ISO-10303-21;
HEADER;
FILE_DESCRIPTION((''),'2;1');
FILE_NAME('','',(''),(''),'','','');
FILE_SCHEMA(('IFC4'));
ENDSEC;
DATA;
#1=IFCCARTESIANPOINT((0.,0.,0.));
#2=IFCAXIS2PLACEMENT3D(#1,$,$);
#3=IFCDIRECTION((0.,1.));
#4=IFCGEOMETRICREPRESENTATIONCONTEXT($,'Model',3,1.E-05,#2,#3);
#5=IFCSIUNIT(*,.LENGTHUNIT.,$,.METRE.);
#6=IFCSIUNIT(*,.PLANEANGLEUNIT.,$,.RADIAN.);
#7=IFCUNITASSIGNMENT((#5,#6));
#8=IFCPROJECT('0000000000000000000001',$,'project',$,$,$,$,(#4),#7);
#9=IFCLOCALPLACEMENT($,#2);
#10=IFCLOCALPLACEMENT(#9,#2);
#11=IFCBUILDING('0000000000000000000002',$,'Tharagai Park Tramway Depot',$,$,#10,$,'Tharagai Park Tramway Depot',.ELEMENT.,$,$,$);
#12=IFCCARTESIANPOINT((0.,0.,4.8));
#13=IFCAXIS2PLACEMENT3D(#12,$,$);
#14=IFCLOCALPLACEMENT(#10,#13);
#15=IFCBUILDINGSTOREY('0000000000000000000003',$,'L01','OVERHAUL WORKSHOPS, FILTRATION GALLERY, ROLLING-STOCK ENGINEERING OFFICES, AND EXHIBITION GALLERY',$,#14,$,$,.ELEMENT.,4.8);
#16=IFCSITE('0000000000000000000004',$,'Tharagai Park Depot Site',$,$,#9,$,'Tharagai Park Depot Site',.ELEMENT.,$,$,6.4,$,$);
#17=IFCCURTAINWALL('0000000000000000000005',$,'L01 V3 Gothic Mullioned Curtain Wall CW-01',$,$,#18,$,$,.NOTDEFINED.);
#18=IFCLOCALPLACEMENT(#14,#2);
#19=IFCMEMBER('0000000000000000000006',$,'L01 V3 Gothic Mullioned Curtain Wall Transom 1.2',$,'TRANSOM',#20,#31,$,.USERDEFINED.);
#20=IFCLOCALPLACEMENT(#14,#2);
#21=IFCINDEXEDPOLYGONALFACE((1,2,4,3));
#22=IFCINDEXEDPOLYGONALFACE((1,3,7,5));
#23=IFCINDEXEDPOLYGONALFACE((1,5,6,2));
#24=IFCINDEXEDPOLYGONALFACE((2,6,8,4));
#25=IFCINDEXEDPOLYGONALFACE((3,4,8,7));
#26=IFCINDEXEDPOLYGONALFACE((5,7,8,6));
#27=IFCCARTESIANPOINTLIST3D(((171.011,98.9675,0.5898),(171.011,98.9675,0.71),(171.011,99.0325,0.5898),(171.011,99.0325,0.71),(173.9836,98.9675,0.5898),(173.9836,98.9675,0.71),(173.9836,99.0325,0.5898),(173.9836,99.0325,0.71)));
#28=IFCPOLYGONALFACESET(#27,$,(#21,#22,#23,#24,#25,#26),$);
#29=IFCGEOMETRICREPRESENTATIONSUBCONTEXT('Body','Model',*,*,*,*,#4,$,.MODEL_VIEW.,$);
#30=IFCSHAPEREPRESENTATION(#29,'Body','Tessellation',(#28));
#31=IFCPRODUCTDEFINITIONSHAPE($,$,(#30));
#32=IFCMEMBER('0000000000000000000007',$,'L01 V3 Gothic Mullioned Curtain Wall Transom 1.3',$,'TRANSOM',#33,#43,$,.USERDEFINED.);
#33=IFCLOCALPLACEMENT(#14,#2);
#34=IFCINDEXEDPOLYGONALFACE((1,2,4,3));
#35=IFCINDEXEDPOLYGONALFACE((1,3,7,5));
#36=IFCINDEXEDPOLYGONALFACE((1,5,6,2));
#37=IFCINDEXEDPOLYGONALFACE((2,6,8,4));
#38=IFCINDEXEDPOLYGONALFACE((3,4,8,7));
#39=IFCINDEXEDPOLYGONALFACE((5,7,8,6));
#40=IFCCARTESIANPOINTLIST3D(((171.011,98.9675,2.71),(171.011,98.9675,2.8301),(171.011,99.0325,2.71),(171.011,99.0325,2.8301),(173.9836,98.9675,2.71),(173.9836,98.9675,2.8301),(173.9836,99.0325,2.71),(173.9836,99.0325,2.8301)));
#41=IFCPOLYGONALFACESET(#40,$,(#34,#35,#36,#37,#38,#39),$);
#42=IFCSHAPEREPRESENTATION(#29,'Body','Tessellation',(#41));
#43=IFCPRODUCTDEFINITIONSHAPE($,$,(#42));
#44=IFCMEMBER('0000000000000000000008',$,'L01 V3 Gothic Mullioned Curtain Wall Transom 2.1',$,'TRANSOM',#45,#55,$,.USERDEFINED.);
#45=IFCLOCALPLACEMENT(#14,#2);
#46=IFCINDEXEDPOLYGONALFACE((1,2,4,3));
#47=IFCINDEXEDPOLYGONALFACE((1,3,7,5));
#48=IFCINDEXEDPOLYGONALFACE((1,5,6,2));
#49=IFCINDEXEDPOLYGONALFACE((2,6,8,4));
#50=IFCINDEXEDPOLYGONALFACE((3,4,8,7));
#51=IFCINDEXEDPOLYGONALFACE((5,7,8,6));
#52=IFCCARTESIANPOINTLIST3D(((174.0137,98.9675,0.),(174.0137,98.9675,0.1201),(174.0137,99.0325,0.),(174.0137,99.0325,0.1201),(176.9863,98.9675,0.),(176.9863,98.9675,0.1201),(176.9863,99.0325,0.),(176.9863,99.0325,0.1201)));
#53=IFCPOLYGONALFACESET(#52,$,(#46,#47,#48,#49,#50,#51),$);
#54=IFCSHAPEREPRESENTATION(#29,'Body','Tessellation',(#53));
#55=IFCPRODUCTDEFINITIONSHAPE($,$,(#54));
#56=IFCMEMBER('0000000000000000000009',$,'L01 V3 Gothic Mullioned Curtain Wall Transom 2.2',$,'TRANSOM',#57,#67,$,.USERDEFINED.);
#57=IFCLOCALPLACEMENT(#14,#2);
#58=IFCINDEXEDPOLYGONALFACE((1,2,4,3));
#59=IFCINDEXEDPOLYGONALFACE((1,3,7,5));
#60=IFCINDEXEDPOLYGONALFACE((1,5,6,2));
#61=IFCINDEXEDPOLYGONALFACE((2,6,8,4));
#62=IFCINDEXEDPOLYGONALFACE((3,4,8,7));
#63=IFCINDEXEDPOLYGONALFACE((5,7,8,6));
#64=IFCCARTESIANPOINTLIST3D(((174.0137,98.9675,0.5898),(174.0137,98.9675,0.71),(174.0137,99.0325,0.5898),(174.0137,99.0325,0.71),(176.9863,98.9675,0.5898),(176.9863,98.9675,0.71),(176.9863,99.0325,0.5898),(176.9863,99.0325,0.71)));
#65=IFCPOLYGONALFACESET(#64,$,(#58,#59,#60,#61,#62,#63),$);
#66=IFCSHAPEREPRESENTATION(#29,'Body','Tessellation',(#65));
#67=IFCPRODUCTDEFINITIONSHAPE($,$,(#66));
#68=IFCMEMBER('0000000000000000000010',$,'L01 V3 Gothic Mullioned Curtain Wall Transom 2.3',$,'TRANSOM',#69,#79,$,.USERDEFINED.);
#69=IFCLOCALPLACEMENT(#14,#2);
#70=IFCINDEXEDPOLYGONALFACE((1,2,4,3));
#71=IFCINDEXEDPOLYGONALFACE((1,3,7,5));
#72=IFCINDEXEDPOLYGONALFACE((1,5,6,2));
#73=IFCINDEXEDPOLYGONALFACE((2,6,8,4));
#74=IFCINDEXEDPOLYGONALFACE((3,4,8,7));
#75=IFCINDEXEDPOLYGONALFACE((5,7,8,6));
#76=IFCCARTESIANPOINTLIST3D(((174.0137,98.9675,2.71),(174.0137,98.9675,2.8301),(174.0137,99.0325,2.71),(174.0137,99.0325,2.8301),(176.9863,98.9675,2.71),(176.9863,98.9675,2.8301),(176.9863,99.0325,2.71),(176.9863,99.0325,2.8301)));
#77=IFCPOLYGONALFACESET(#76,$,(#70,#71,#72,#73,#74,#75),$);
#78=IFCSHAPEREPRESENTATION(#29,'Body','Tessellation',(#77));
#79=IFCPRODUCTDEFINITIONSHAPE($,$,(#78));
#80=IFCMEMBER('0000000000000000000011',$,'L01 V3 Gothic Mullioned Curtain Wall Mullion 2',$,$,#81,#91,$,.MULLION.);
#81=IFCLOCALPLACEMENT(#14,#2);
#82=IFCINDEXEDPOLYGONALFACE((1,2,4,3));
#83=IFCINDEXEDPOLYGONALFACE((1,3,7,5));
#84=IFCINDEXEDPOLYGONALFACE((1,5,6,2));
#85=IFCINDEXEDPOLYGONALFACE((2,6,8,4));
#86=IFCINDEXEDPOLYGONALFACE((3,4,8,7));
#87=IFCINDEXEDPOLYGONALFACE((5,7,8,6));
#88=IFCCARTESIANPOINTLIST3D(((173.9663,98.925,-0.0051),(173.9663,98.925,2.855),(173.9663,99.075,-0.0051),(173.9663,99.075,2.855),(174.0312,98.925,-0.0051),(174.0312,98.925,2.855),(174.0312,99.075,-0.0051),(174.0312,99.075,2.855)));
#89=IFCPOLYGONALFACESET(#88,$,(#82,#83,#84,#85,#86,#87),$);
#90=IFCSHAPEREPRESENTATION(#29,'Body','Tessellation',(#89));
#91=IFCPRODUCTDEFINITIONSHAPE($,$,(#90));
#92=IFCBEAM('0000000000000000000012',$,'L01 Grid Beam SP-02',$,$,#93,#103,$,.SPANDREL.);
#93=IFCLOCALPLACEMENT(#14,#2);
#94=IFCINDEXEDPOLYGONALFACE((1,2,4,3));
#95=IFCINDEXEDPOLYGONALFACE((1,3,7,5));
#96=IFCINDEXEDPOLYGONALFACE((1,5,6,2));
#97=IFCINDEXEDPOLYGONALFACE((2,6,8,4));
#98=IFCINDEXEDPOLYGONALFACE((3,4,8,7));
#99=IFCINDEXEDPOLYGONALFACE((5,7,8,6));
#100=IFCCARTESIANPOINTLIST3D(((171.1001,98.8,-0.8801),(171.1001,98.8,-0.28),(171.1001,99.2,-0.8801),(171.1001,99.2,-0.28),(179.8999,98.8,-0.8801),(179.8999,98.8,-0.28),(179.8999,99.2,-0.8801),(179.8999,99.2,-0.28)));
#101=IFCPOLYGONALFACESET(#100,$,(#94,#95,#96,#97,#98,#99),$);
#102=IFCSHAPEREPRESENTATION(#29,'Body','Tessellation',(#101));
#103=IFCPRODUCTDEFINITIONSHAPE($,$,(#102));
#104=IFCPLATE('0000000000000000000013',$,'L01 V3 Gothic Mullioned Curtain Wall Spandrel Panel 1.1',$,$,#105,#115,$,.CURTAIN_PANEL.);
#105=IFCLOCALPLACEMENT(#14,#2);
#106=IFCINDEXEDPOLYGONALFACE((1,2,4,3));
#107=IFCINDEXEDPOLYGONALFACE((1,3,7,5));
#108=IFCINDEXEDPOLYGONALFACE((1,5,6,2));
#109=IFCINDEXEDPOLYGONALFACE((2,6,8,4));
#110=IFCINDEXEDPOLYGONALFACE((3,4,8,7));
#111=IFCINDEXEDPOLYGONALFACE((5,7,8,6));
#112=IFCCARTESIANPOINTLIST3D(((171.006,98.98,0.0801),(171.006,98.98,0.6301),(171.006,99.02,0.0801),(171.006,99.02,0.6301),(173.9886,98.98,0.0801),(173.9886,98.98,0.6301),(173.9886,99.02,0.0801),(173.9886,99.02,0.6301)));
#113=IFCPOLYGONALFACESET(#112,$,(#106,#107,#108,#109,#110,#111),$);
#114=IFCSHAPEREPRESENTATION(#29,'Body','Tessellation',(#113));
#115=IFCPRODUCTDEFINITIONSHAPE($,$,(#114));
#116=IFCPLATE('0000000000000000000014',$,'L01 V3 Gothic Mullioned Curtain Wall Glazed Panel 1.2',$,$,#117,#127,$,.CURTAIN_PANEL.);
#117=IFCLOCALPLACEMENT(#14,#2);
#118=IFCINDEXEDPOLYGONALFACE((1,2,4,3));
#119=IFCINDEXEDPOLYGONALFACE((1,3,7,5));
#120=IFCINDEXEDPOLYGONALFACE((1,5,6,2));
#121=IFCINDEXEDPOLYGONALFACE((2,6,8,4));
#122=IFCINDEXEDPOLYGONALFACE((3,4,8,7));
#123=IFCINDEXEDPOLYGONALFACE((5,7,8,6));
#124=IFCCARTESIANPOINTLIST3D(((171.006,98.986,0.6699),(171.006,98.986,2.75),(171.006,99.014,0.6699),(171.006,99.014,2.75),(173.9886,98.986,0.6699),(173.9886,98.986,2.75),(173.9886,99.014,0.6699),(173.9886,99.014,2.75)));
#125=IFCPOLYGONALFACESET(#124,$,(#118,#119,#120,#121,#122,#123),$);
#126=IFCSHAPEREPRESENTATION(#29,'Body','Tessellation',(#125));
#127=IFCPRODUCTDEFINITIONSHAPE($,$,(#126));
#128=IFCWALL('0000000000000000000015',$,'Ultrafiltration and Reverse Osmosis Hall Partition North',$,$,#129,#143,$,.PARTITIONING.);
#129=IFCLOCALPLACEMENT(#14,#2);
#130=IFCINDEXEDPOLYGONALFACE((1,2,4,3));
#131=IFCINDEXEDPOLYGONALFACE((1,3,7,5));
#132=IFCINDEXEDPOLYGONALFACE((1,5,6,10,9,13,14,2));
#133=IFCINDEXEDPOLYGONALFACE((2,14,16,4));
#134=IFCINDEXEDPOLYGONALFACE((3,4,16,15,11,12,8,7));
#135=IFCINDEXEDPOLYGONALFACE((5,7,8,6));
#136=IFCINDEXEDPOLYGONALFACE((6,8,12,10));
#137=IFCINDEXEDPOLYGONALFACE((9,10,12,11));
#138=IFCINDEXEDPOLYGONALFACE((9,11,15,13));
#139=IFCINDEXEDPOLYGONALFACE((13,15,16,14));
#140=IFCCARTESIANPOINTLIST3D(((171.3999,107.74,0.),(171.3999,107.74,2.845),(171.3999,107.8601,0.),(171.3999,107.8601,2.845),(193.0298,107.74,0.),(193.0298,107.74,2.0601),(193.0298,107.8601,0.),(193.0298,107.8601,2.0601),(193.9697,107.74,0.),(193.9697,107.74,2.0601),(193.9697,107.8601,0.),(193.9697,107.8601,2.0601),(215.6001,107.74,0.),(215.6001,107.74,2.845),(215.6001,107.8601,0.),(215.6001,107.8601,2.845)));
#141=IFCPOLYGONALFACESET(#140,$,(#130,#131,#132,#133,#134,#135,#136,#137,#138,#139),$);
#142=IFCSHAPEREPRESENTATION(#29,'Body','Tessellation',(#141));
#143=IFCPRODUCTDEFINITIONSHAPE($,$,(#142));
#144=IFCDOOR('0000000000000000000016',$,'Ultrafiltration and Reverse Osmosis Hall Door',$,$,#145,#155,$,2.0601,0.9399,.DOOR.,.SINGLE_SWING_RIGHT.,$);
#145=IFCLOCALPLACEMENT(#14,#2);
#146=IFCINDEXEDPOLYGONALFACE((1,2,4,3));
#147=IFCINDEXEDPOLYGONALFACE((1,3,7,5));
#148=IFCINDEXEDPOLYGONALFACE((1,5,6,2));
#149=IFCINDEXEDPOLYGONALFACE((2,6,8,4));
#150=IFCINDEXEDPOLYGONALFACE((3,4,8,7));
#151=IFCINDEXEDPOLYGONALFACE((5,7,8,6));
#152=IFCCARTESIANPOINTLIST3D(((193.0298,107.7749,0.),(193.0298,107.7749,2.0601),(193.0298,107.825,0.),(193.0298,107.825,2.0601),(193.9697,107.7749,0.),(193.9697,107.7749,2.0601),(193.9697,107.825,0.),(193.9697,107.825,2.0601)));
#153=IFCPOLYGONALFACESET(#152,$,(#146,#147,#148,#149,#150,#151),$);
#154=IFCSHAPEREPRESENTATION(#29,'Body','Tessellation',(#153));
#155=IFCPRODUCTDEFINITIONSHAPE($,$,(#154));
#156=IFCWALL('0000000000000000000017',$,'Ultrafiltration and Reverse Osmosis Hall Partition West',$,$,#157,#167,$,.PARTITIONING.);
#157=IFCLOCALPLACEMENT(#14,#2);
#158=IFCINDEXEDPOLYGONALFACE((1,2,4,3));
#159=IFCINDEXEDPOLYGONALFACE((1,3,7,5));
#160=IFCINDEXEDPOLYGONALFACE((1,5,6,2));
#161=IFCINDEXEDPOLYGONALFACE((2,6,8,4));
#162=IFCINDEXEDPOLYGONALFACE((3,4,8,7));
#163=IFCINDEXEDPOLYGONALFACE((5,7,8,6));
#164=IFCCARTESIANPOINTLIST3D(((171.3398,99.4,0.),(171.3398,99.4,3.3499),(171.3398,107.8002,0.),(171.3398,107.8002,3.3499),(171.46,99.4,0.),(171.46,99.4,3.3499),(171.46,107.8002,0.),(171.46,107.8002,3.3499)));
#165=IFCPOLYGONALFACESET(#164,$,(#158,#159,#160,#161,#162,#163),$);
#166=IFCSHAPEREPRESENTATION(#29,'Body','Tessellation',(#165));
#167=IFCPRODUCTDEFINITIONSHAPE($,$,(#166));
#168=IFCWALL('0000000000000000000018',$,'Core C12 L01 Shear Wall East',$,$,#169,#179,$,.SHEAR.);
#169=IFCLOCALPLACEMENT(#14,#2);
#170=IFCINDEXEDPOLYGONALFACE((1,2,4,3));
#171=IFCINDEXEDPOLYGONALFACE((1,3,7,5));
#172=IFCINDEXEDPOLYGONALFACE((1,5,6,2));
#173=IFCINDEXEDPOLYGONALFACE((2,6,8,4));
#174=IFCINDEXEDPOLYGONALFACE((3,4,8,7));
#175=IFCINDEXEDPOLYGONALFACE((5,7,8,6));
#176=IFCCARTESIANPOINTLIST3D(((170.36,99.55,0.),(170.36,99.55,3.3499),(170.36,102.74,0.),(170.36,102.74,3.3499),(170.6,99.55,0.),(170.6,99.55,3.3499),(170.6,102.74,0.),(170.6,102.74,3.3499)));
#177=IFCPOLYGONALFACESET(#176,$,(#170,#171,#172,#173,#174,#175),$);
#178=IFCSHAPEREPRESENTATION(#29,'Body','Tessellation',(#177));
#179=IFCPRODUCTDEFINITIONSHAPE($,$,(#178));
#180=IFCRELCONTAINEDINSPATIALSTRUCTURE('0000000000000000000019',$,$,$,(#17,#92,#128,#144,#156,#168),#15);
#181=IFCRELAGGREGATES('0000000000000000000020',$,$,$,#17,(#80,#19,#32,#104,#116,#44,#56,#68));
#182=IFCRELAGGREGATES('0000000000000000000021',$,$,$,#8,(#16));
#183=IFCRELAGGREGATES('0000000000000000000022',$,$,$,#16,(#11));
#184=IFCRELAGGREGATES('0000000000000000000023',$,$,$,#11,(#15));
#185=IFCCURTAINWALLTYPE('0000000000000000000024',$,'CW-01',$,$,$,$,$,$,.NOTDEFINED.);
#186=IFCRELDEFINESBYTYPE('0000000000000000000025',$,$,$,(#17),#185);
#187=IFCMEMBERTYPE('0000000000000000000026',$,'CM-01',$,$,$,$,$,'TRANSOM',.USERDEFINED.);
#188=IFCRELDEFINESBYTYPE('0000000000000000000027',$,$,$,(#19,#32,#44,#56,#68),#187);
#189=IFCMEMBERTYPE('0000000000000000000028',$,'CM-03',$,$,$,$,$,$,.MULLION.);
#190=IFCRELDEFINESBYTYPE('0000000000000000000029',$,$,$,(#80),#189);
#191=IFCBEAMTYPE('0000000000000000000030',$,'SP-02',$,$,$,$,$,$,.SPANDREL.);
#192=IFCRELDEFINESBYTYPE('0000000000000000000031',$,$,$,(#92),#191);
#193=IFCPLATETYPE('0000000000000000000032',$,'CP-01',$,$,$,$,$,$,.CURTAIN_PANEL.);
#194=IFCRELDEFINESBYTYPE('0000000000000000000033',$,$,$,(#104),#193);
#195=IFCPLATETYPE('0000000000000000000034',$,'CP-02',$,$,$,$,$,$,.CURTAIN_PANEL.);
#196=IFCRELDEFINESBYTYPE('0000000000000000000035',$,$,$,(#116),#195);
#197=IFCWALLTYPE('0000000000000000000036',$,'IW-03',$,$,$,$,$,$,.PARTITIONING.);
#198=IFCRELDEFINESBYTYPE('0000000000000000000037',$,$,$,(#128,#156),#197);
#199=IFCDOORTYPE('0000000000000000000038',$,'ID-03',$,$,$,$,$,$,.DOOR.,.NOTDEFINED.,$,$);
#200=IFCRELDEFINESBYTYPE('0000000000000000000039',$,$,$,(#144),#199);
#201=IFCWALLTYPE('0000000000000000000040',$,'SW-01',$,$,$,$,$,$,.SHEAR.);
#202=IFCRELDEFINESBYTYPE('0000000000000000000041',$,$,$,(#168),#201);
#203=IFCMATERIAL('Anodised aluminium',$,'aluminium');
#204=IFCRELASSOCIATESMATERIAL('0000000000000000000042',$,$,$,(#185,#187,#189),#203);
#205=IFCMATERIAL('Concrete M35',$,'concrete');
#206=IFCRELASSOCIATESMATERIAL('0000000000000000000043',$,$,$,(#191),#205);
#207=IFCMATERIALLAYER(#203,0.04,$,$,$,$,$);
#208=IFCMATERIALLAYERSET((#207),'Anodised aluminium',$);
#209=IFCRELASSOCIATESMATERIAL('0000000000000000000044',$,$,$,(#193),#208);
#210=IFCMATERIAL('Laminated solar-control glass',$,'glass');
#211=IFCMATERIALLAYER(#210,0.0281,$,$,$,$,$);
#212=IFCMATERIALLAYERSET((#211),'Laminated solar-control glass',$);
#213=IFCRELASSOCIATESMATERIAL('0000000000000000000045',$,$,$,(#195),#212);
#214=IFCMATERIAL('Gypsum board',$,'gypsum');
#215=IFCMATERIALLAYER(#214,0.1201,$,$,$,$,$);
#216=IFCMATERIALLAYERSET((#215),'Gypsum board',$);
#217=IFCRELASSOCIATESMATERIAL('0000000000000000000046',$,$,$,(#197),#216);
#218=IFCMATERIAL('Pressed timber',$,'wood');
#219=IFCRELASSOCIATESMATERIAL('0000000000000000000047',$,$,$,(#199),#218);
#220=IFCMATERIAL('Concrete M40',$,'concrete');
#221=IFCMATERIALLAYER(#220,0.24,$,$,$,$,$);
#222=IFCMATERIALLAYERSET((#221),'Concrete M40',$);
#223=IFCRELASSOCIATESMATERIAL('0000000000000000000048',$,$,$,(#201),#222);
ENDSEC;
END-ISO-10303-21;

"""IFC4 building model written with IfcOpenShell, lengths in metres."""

from ifc_helpers import new_model, si_unit, direction, frame, frame_2d, origin, origin_2d, place, context, subcontext, project, spatial, rectangle, extrude, material, layer, layer_set, material_profile, profile_set, type_object, element, fill, aggregate, save


model = new_model("IFC4")

# Units and contexts
model_context = context("Model", 3, precision=1e-05, world=origin(), true_north=direction((0.0, 1.0)))
body_context = subcontext(model_context, "Body", "Model", "MODEL_VIEW")
ifc_project = project(units=[si_unit("LENGTHUNIT", "METRE"), si_unit("PLANEANGLEUNIT", "RADIAN")], contexts=[model_context])

# Site, building, storey
site_placement = place(None, origin())
site = spatial("IfcSite", under=ifc_project, at=site_placement, Name="Tharagai Park Depot Site", LongName="Tharagai Park Depot Site", CompositionType="ELEMENT", RefElevation=6.4)
building_placement = place(site_placement, origin())
building = spatial("IfcBuilding", under=site, at=building_placement, Name="Tharagai Park Tramway Depot", LongName="Tharagai Park Tramway Depot", CompositionType="ELEMENT")
storey_placement = place(building_placement, frame((0.0, 0.0, 4.8)))
storey = spatial("IfcBuildingStorey", under=building, at=storey_placement, Name="L01", Description="OVERHAUL WORKSHOPS, FILTRATION GALLERY, ROLLING-STOCK ENGINEERING OFFICES, AND EXHIBITION GALLERY", CompositionType="ELEMENT", Elevation=4.8)

# Curtain wall, members
ifc_material_1 = material(Name="Anodised aluminium", Category="aluminium")
curtain_wall_type = type_object("IfcCurtainWallType", Name="CW-01", PredefinedType="NOTDEFINED", material=ifc_material_1)
curtain_wall_placement = place(storey_placement, origin())
curtain_wall = element("IfcCurtainWall", 1, at=curtain_wall_placement, inside=storey, type_object=curtain_wall_type, Name="L01 V3 Gothic Mullioned Curtain Wall CW-01", PredefinedType="NOTDEFINED")
ifc_material_profile_1 = material_profile(ifc_material_1, rectangle(XDim=0.0649, YDim=0.1201, at=origin_2d()), Name="ALU 65x120")
ifc_profile_set_1 = profile_set([ifc_material_profile_1], Name="Anodised aluminium")
member_type_1 = type_object("IfcMemberType", Name="CM-01", ElementType="TRANSOM", PredefinedType="USERDEFINED", material=ifc_profile_set_1)
member_1_placement = place(storey_placement, frame((171.011, 99.0, 0.6499), z_axis=(1.0, 0.0, 0.0), x_axis=(0.0, 1.0, 0.0)))
member_1 = element("IfcMember", 2, at=member_1_placement, type_object=member_type_1, Name="L01 V3 Gothic Mullioned Curtain Wall Transom 1.2", ObjectType="TRANSOM", PredefinedType="USERDEFINED", context=body_context, shape_type="SweptSolid", body=[
    extrude(rectangle(XDim=0.0649, YDim=0.1201, at=origin_2d()), origin(), (0.0, 0.0, 1.0), 2.9727),
])
member_2_placement = place(storey_placement, frame((171.011, 99.0, 2.77), z_axis=(1.0, 0.0, 0.0), x_axis=(0.0, 1.0, 0.0)))
member_2 = element("IfcMember", 3, at=member_2_placement, type_object=member_type_1, Name="L01 V3 Gothic Mullioned Curtain Wall Transom 1.3", ObjectType="TRANSOM", PredefinedType="USERDEFINED", context=body_context, shape_type="SweptSolid", body=[
    extrude(rectangle(XDim=0.0649, YDim=0.1201, at=origin_2d()), origin(), (0.0, 0.0, 1.0), 2.9727),
])
member_3_placement = place(storey_placement, frame((174.0137, 99.0, 0.0601), z_axis=(1.0, 0.0, 0.0), x_axis=(0.0, 1.0, 0.0)))
member_3 = element("IfcMember", 4, at=member_3_placement, type_object=member_type_1, Name="L01 V3 Gothic Mullioned Curtain Wall Transom 2.1", ObjectType="TRANSOM", PredefinedType="USERDEFINED", context=body_context, shape_type="SweptSolid", body=[
    extrude(rectangle(XDim=0.0649, YDim=0.1201, at=origin_2d()), origin(), (0.0, 0.0, 1.0), 2.9727),
])
member_4_placement = place(storey_placement, frame((174.0137, 99.0, 0.6499), z_axis=(1.0, 0.0, 0.0), x_axis=(0.0, 1.0, 0.0)))
member_4 = element("IfcMember", 5, at=member_4_placement, type_object=member_type_1, Name="L01 V3 Gothic Mullioned Curtain Wall Transom 2.2", ObjectType="TRANSOM", PredefinedType="USERDEFINED", context=body_context, shape_type="SweptSolid", body=[
    extrude(rectangle(XDim=0.0649, YDim=0.1201, at=origin_2d()), origin(), (0.0, 0.0, 1.0), 2.9727),
])
member_5_placement = place(storey_placement, frame((174.0137, 99.0, 2.77), z_axis=(1.0, 0.0, 0.0), x_axis=(0.0, 1.0, 0.0)))
member_5 = element("IfcMember", 6, at=member_5_placement, type_object=member_type_1, Name="L01 V3 Gothic Mullioned Curtain Wall Transom 2.3", ObjectType="TRANSOM", PredefinedType="USERDEFINED", context=body_context, shape_type="SweptSolid", body=[
    extrude(rectangle(XDim=0.0649, YDim=0.1201, at=origin_2d()), origin(), (0.0, 0.0, 1.0), 2.9727),
])
ifc_material_profile_2 = material_profile(ifc_material_1, rectangle(XDim=0.0649, YDim=0.1499, at=origin_2d()), Name="ALU 65x150")
ifc_profile_set_2 = profile_set([ifc_material_profile_2], Name="Anodised aluminium")
member_type_2 = type_object("IfcMemberType", Name="CM-03", PredefinedType="MULLION", material=ifc_profile_set_2)
member_6_placement = place(storey_placement, frame((173.9988, 99.0, -0.0051), z_axis=(0.0, 0.0, 1.0), x_axis=(1.0, 0.0, 0.0)))
member_6 = element("IfcMember", 7, at=member_6_placement, type_object=member_type_2, Name="L01 V3 Gothic Mullioned Curtain Wall Mullion 2", PredefinedType="MULLION", context=body_context, shape_type="SweptSolid", body=[
    extrude(rectangle(XDim=0.0649, YDim=0.1499, at=origin_2d()), origin(), (0.0, 0.0, 1.0), 2.8601),
])

# Beam
ifc_material_2 = material(Name="Concrete M35", Category="concrete")
ifc_material_profile_3 = material_profile(ifc_material_2, rectangle(XDim=0.3999, YDim=0.6001, at=origin_2d()), Name="RC 400x600")
ifc_profile_set_3 = profile_set([ifc_material_profile_3], Name="Concrete M35")
beam_type_1 = type_object("IfcBeamType", Name="SP-02", PredefinedType="SPANDREL", material=ifc_profile_set_3)
beam_1_placement = place(storey_placement, frame((171.1001, 99.0, -0.5801), z_axis=(1.0, 0.0, 0.0), x_axis=(0.0, 1.0, 0.0)))
element("IfcBeam", 8, at=beam_1_placement, inside=storey, type_object=beam_type_1, Name="L01 Grid Beam SP-02", PredefinedType="SPANDREL", context=body_context, shape_type="SweptSolid", body=[
    extrude(rectangle(XDim=0.3999, YDim=0.6001, at=origin_2d()), origin(), (0.0, 0.0, 1.0), 8.7998),
])

# Plates
ifc_layer_1 = layer(ifc_material_1, 0.04)
ifc_layer_set_1 = layer_set([ifc_layer_1], Name="Anodised aluminium")
plate_type_1 = type_object("IfcPlateType", Name="CP-01", PredefinedType="CURTAIN_PANEL", material=ifc_layer_set_1)
plate_1_placement = place(storey_placement, frame((172.4973, 99.0, 0.0801), z_axis=(0.0, 0.0, 1.0), x_axis=(1.0, 0.0, 0.0)))
plate_1 = element("IfcPlate", 9, at=plate_1_placement, type_object=plate_type_1, Name="L01 V3 Gothic Mullioned Curtain Wall Spandrel Panel 1.1", PredefinedType="CURTAIN_PANEL", context=body_context, shape_type="SweptSolid", body=[
    extrude(rectangle(XDim=2.9827, YDim=0.04, at=origin_2d()), origin(), (0.0, 0.0, 1.0), 0.55),
])
ifc_material_3 = material(Name="Laminated solar-control glass", Category="glass")
ifc_layer_2 = layer(ifc_material_3, 0.0281)
ifc_layer_set_2 = layer_set([ifc_layer_2], Name="Laminated solar-control glass")
plate_type_2 = type_object("IfcPlateType", Name="CP-02", PredefinedType="CURTAIN_PANEL", material=ifc_layer_set_2)
plate_2_placement = place(storey_placement, frame((172.4973, 99.0, 0.6699), z_axis=(0.0, 0.0, 1.0), x_axis=(1.0, 0.0, 0.0)))
plate_2 = element("IfcPlate", 10, at=plate_2_placement, type_object=plate_type_2, Name="L01 V3 Gothic Mullioned Curtain Wall Glazed Panel 1.2", PredefinedType="CURTAIN_PANEL", context=body_context, shape_type="SweptSolid", body=[
    extrude(rectangle(XDim=2.9827, YDim=0.0281, at=origin_2d()), origin(), (0.0, 0.0, 1.0), 2.0801),
])
aggregate(curtain_wall, [member_6, member_1, member_2, plate_1, plate_2, member_3, member_4, member_5])

# Wall, opening, door
ifc_material_4 = material(Name="Gypsum board", Category="gypsum")
ifc_layer_3 = layer(ifc_material_4, 0.1201)
ifc_layer_set_3 = layer_set([ifc_layer_3], Name="Gypsum board")
wall_type_1 = type_object("IfcWallType", Name="IW-03", PredefinedType="PARTITIONING", material=ifc_layer_set_3)
wall_1_placement = place(storey_placement, frame((171.3999, 107.8, 0.0), z_axis=(0.0, 0.0, 1.0), x_axis=(1.0, 0.0, 0.0)))
wall_1 = element("IfcWall", 11, at=wall_1_placement, inside=storey, type_object=wall_type_1, Name="Ultrafiltration and Reverse Osmosis Hall Partition North", PredefinedType="PARTITIONING", context=body_context, shape_type="SweptSolid", body=[
    extrude(rectangle(XDim=44.2002, YDim=0.1201, at=frame_2d((22.1001, 0.0))), origin(), (0.0, 0.0, 1.0), 2.845),
])
opening_1_placement = place(wall_1_placement, frame((21.6299, 0.0, 0.0)))
opening_1 = element("IfcOpeningElement", 12, at=opening_1_placement, cuts=wall_1, PredefinedType="OPENING", context=body_context, shape_type="SweptSolid", body=[
    extrude(rectangle(XDim=0.9399, YDim=2.0601, at=frame_2d((0.47, 1.03))), frame((0.0, 0.0701, 0.0), z_axis=(0.0, -1.0, 0.0), x_axis=(1.0, 0.0, 0.0)), (0.0, 0.0, 1.0), 0.1401),
])
ifc_material_5 = material(Name="Pressed timber", Category="wood")
door_type_1 = type_object("IfcDoorType", Name="ID-03", OperationType="NOTDEFINED", PredefinedType="DOOR", material=ifc_material_5)
door_1_placement = place(opening_1_placement, origin())
door_1 = element("IfcDoor", 13, at=door_1_placement, inside=storey, type_object=door_type_1, Name="Ultrafiltration and Reverse Osmosis Hall Door", OperationType="SINGLE_SWING_RIGHT", OverallHeight=2.0601, OverallWidth=0.9399, PredefinedType="DOOR", context=body_context, shape_type="SweptSolid", body=[
    extrude(rectangle(XDim=0.9399, YDim=2.0601, at=frame_2d((0.47, 1.03))), frame((0.0, 0.0249, 0.0), z_axis=(0.0, -1.0, 0.0), x_axis=(1.0, 0.0, 0.0)), (0.0, 0.0, 1.0), 0.05),
])
fill(opening_1, door_1)

# Walls
wall_2_placement = place(storey_placement, frame((171.3999, 99.3999, 0.0), z_axis=(0.0, 0.0, 1.0), x_axis=(0.0, 1.0, 0.0)))
element("IfcWall", 14, at=wall_2_placement, inside=storey, type_object=wall_type_1, Name="Ultrafiltration and Reverse Osmosis Hall Partition West", PredefinedType="PARTITIONING", context=body_context, shape_type="SweptSolid", body=[
    extrude(rectangle(XDim=8.4001, YDim=0.1201, at=frame_2d((4.2002, 0.0))), origin(), (0.0, 0.0, 1.0), 3.3499),
])
ifc_material_6 = material(Name="Concrete M40", Category="concrete")
ifc_layer_4 = layer(ifc_material_6, 0.24)
ifc_layer_set_4 = layer_set([ifc_layer_4], Name="Concrete M40")
wall_type_2 = type_object("IfcWallType", Name="SW-01", PredefinedType="SHEAR", material=ifc_layer_set_4)
wall_3_placement = place(storey_placement, frame((170.48, 99.55, 0.0), z_axis=(0.0, 0.0, 1.0), x_axis=(0.0, 1.0, 0.0)))
element("IfcWall", 15, at=wall_3_placement, inside=storey, type_object=wall_type_2, Name="Core C12 L01 Shear Wall East", PredefinedType="SHEAR", context=body_context, shape_type="SweptSolid", body=[
    extrude(rectangle(XDim=3.1899, YDim=0.24, at=frame_2d((1.595, 0.0))), origin(), (0.0, 0.0, 1.0), 3.3499),
])

save(model, "model.ifc")
